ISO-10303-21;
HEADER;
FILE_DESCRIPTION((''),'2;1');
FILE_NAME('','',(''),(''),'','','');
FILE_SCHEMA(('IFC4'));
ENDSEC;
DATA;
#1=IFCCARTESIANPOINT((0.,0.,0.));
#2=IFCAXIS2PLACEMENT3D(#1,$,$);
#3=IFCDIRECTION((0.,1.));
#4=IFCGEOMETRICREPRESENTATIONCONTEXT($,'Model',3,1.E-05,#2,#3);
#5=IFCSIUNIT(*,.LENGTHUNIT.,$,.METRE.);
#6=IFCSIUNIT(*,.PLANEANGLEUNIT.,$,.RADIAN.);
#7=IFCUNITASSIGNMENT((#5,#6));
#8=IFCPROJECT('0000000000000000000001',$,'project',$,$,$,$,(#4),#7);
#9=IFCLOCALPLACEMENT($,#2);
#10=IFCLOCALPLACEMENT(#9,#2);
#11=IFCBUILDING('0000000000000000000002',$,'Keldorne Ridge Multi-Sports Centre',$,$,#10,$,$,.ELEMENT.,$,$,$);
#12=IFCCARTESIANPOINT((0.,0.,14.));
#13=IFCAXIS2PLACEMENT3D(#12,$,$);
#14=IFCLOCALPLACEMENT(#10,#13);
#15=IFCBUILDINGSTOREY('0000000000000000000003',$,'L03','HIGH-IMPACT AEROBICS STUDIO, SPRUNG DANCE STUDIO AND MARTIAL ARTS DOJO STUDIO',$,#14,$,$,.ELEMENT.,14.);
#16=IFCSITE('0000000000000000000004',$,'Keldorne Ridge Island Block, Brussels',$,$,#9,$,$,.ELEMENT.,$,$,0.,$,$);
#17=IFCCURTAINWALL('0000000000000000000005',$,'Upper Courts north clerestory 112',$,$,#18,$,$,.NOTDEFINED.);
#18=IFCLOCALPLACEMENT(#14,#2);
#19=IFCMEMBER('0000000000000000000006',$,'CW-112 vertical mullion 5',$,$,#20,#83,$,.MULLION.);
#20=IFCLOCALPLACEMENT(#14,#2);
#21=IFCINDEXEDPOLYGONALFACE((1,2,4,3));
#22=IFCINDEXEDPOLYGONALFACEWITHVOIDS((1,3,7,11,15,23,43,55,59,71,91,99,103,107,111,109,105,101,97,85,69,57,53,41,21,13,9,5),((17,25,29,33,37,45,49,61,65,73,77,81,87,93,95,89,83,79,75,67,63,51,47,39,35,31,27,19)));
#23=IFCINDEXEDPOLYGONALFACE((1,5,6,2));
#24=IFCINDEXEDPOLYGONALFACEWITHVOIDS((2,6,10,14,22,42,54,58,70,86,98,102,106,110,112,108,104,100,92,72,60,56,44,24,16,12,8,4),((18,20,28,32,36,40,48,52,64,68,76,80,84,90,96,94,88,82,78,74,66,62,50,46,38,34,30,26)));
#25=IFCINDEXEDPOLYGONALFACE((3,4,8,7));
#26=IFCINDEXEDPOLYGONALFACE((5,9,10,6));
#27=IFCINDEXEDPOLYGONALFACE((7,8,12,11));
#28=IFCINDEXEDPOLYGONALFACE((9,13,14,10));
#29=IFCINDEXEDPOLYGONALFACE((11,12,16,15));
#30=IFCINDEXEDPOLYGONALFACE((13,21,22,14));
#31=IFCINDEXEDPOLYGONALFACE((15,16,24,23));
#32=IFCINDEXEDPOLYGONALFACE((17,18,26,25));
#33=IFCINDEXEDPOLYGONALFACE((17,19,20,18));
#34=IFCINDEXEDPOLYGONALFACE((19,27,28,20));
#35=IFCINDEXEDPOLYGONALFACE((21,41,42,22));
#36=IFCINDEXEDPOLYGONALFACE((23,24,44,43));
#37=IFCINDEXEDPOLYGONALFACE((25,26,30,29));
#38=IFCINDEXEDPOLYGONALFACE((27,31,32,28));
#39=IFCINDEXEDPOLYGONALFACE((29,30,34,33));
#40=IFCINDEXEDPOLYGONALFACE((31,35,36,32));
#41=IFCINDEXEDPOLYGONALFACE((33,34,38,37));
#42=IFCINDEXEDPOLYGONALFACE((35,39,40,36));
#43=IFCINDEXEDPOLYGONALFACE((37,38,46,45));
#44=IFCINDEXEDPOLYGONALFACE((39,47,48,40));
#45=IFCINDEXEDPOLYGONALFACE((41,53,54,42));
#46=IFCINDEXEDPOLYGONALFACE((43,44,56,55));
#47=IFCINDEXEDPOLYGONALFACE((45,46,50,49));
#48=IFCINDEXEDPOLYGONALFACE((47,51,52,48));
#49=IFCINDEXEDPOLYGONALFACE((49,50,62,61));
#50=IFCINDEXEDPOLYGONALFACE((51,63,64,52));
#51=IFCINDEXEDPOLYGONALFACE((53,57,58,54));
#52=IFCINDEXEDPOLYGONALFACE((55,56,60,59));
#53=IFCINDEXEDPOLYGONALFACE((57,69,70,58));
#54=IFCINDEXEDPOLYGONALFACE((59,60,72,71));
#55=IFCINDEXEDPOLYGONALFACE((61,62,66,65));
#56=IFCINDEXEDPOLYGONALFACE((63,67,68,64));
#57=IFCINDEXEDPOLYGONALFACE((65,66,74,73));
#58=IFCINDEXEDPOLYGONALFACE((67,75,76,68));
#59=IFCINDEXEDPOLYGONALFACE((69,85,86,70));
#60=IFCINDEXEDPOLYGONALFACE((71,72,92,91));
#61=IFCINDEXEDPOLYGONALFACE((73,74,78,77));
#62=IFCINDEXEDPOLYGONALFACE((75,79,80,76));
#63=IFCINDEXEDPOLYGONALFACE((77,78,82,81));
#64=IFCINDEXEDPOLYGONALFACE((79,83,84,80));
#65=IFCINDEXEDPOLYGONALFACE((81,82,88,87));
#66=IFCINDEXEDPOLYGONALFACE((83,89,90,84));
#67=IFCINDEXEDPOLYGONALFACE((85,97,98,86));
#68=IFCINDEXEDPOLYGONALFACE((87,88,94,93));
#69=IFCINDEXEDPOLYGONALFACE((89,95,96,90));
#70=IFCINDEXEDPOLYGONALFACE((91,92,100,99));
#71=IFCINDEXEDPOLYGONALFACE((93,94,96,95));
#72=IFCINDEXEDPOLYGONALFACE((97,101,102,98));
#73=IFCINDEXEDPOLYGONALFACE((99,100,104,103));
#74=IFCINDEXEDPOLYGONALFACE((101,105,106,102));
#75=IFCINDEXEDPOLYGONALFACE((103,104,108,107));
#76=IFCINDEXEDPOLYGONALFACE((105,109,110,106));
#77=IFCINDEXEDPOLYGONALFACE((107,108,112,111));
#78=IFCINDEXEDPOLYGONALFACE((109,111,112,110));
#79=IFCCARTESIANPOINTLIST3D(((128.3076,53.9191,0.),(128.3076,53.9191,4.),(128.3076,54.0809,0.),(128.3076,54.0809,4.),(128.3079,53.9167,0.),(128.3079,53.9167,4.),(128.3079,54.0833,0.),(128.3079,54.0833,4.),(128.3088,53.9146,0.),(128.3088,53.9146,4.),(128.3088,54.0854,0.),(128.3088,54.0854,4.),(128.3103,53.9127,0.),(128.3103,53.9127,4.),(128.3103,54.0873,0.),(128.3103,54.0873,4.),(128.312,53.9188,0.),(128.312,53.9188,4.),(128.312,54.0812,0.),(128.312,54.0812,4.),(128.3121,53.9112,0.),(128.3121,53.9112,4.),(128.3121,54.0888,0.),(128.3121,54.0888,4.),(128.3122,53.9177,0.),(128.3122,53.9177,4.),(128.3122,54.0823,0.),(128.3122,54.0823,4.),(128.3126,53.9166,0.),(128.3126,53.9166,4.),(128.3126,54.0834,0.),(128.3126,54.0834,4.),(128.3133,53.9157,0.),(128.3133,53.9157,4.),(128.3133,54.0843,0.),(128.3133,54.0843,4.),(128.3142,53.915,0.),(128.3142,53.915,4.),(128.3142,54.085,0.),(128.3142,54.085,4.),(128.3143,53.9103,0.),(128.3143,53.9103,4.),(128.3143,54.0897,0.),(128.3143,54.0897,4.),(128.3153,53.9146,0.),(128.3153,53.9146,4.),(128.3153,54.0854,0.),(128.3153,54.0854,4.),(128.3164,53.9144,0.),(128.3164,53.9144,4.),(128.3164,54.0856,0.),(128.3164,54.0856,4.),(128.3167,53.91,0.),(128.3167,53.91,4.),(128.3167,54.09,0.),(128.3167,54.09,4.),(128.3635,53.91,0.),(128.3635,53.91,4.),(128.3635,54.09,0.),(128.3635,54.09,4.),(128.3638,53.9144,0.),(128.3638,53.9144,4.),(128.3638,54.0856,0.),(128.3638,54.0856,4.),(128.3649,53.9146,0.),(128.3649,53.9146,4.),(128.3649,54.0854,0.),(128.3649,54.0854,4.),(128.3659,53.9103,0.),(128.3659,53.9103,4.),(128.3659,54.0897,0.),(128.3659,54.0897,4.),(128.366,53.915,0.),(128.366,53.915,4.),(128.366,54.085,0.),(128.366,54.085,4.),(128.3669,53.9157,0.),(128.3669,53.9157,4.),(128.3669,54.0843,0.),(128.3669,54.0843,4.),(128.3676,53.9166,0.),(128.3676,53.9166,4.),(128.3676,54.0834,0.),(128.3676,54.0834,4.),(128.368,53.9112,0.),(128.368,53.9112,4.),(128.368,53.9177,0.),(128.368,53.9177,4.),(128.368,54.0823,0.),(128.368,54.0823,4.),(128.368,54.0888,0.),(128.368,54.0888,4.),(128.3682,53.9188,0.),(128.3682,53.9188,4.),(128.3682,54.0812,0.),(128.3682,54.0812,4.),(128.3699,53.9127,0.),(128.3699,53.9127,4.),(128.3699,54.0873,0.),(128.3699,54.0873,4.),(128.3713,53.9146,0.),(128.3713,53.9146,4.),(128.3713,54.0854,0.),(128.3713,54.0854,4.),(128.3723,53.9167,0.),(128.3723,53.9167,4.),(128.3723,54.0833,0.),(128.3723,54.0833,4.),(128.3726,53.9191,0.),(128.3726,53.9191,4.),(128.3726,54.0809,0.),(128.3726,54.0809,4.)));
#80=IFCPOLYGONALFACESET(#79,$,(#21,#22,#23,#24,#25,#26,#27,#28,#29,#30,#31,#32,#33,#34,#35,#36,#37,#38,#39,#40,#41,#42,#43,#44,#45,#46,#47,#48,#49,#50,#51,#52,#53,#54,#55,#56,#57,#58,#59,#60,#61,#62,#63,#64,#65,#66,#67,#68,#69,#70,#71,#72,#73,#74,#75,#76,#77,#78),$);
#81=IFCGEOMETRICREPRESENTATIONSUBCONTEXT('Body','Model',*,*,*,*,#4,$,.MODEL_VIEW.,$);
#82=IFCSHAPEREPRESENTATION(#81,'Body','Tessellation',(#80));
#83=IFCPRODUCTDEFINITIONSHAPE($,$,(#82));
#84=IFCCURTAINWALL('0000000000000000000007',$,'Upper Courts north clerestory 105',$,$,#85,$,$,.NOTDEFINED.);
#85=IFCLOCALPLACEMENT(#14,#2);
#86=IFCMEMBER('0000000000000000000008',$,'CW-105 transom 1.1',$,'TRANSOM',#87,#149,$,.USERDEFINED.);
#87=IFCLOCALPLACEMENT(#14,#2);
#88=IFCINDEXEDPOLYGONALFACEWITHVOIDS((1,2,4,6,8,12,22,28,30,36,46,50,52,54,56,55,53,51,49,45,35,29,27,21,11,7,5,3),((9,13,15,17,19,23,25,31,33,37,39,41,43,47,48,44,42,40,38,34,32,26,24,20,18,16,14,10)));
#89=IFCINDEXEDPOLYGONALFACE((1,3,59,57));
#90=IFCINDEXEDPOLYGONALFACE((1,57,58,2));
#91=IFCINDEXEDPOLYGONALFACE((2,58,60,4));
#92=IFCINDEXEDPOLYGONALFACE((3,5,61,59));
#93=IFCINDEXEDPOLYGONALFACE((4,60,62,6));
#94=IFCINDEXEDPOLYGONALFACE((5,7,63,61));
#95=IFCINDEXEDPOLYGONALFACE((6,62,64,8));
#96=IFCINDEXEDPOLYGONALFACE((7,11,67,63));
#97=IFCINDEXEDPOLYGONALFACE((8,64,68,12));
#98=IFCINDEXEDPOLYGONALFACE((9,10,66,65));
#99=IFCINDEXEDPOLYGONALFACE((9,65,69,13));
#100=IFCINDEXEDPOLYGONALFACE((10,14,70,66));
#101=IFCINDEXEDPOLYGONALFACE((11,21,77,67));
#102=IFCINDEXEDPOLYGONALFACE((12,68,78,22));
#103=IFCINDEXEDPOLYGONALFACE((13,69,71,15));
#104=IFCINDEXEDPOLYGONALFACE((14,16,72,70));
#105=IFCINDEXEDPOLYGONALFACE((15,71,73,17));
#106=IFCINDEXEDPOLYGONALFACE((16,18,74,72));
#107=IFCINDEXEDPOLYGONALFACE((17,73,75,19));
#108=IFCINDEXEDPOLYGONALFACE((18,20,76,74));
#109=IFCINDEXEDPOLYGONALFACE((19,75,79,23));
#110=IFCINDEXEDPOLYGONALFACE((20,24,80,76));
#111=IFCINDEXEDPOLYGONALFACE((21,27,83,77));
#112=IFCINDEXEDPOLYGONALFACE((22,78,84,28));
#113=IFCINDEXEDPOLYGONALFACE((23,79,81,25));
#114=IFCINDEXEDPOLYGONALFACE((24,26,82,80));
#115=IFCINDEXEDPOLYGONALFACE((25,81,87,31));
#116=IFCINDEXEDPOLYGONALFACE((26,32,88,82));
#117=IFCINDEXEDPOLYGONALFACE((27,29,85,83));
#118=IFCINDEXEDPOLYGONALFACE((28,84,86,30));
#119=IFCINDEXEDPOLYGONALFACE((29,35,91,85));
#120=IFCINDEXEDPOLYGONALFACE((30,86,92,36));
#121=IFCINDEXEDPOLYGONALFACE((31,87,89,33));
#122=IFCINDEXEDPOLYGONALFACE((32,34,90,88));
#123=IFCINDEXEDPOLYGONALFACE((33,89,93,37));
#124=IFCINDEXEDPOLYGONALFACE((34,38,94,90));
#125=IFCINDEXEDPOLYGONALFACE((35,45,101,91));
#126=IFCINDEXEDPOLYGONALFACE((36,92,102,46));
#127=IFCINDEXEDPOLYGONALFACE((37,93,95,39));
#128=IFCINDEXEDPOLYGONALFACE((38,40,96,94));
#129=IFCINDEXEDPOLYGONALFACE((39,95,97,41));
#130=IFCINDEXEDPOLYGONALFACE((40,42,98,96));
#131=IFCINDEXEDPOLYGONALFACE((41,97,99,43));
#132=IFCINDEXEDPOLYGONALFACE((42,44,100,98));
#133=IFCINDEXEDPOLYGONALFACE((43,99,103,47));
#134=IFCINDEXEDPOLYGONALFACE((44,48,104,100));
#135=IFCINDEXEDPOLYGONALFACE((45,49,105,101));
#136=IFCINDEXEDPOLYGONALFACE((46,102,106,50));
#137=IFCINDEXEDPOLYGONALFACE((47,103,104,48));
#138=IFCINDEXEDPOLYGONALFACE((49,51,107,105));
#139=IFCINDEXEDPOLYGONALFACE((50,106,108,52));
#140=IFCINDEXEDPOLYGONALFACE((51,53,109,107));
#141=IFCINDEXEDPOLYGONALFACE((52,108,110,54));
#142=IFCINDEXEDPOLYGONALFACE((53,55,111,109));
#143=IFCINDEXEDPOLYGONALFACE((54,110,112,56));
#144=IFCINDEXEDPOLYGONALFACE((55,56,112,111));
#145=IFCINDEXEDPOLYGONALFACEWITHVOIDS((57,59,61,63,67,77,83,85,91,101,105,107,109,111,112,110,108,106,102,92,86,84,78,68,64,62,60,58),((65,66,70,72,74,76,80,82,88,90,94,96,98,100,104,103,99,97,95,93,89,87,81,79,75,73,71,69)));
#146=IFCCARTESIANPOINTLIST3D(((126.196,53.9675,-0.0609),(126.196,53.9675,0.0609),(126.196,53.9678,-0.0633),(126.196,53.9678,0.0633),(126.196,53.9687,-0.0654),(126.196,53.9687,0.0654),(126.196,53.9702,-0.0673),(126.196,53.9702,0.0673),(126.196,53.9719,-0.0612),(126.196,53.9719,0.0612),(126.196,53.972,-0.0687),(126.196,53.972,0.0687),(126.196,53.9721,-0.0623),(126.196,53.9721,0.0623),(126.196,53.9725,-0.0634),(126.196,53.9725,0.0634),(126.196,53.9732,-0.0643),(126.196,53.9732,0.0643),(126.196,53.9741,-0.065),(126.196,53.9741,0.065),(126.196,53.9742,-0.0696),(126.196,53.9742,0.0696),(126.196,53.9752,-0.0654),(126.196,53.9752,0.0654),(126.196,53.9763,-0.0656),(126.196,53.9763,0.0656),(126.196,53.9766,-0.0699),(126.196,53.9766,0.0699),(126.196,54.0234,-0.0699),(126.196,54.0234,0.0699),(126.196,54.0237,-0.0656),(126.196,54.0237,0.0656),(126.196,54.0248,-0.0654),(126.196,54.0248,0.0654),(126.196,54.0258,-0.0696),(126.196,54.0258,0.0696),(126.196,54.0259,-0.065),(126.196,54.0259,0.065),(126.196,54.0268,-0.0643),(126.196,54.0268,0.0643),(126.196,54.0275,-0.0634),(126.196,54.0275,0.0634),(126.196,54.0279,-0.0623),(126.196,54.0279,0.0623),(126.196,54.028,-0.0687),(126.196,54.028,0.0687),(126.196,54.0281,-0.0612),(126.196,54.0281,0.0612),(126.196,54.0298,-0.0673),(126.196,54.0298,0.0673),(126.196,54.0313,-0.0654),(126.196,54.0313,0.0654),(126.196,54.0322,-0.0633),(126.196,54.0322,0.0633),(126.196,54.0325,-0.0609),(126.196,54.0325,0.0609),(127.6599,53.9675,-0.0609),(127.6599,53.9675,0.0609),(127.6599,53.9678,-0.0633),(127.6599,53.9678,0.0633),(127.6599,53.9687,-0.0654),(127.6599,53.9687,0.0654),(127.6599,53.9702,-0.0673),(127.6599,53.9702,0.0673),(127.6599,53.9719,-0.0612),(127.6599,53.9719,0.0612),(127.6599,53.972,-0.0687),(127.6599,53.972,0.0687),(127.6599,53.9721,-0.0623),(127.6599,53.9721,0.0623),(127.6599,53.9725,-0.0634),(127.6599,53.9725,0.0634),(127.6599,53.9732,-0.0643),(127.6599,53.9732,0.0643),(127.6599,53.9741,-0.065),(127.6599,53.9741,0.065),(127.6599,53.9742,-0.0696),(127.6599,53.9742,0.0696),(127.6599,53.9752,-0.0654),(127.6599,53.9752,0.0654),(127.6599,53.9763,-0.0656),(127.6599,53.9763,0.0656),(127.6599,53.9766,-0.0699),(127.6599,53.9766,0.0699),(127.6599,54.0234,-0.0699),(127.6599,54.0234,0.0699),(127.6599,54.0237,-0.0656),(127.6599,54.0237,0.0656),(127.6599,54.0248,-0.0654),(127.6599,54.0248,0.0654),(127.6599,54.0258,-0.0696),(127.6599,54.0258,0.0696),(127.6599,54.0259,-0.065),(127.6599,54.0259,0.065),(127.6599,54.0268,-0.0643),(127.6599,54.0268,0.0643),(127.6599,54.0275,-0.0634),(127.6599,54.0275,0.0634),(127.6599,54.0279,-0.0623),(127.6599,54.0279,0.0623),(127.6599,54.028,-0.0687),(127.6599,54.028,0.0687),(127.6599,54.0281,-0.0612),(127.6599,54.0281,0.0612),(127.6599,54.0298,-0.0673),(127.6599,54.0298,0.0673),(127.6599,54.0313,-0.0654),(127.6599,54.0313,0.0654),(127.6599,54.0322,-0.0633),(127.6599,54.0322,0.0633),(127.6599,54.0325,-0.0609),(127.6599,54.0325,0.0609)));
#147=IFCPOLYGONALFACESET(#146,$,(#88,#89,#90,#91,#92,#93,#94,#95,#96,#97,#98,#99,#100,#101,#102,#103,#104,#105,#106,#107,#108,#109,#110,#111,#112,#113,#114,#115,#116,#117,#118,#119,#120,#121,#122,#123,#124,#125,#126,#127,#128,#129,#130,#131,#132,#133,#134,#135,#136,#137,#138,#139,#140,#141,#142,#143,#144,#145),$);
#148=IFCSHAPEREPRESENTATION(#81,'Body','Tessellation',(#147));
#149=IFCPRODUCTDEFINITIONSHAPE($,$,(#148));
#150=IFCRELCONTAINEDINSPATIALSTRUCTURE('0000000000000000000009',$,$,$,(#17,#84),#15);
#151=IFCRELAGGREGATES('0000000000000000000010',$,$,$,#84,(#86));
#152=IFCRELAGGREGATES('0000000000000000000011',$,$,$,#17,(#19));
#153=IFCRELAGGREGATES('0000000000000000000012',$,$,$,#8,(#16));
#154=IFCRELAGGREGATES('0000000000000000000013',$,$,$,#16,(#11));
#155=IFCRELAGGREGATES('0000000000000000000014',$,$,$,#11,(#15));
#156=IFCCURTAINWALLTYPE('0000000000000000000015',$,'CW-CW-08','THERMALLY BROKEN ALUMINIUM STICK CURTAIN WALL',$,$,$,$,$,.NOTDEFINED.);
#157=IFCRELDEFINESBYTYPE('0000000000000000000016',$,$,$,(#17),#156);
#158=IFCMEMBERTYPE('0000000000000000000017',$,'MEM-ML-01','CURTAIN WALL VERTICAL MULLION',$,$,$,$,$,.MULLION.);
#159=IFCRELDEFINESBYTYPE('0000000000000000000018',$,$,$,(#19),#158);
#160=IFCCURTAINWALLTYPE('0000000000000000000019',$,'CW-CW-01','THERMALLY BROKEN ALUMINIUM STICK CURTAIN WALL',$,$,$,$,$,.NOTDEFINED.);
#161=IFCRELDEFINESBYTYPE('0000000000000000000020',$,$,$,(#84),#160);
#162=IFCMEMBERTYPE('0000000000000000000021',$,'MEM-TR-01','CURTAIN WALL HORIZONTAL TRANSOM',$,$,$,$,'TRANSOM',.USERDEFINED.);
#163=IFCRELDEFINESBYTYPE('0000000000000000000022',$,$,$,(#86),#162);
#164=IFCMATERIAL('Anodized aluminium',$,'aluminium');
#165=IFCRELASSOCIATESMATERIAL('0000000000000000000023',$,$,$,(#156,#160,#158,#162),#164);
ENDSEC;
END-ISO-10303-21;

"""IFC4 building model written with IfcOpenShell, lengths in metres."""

from ifc_helpers import new_model, si_unit, direction, frame, origin, origin_2d, place, context, subcontext, project, spatial, hollow_rectangle, extrude, material, material_profile, profile_set, type_object, element, aggregate, save


model = new_model("IFC4")

# Units and contexts
model_context = context("Model", 3, precision=1e-05, world=origin(), true_north=direction((0.0, 1.0)))
body_context = subcontext(model_context, "Body", "Model", "MODEL_VIEW")
ifc_project = project(units=[si_unit("LENGTHUNIT", "METRE"), si_unit("PLANEANGLEUNIT", "RADIAN")], contexts=[model_context])

# Site, building, storey
site_placement = place(None, origin())
site = spatial("IfcSite", under=ifc_project, at=site_placement, Name="Keldorne Ridge Island Block, Brussels", CompositionType="ELEMENT", RefElevation=0.0)
building_placement = place(site_placement, origin())
building = spatial("IfcBuilding", under=site, at=building_placement, Name="Keldorne Ridge Multi-Sports Centre", CompositionType="ELEMENT")
storey_placement = place(building_placement, frame((0.0, 0.0, 14.0)))
storey = spatial("IfcBuildingStorey", under=building, at=storey_placement, Name="L03", Description="HIGH-IMPACT AEROBICS STUDIO, SPRUNG DANCE STUDIO AND MARTIAL ARTS DOJO STUDIO", CompositionType="ELEMENT", Elevation=14.0)

# Curtain walls, members
ifc_material_1 = material(Name="Anodized aluminium", Category="aluminium")
curtain_wall_type_1 = type_object("IfcCurtainWallType", Name="CW-CW-08", Description="THERMALLY BROKEN ALUMINIUM STICK CURTAIN WALL", PredefinedType="NOTDEFINED", material=ifc_material_1)
curtain_wall_1_placement = place(storey_placement, origin())
curtain_wall_1 = element("IfcCurtainWall", 1, at=curtain_wall_1_placement, inside=storey, type_object=curtain_wall_type_1, Name="Upper Courts north clerestory 112", PredefinedType="NOTDEFINED")
ifc_material_profile_1 = material_profile(ifc_material_1, hollow_rectangle(XDim=0.0649, YDim=0.1799, WallThickness=0.0044, InnerFilletRadius=0.0044, OuterFilletRadius=0.009, at=origin_2d()), Name="ALU MULLION 180x65x4.5")
ifc_profile_set_1 = profile_set([ifc_material_profile_1], Name="Anodized aluminium")
member_type_1 = type_object("IfcMemberType", Name="MEM-ML-01", Description="CURTAIN WALL VERTICAL MULLION", PredefinedType="MULLION", material=ifc_profile_set_1)
member_1_placement = place(storey_placement, frame((128.3401, 54.0, 0.0), z_axis=(0.0, 0.0, 1.0), x_axis=(1.0, 0.0, 0.0)))
member_1 = element("IfcMember", 2, at=member_1_placement, type_object=member_type_1, Name="CW-112 vertical mullion 5", PredefinedType="MULLION", context=body_context, shape_type="SweptSolid", body=[
    extrude(hollow_rectangle(XDim=0.0649, YDim=0.1799, WallThickness=0.0044, InnerFilletRadius=0.0044, OuterFilletRadius=0.009, at=origin_2d()), origin(), (0.0, 0.0, 1.0), 4.0),
])
curtain_wall_type_2 = type_object("IfcCurtainWallType", Name="CW-CW-01", Description="THERMALLY BROKEN ALUMINIUM STICK CURTAIN WALL", PredefinedType="NOTDEFINED", material=ifc_material_1)
curtain_wall_2_placement = place(storey_placement, origin())
curtain_wall_2 = element("IfcCurtainWall", 3, at=curtain_wall_2_placement, inside=storey, type_object=curtain_wall_type_2, Name="Upper Courts north clerestory 105", PredefinedType="NOTDEFINED")
ifc_material_profile_2 = material_profile(ifc_material_1, hollow_rectangle(XDim=0.0649, YDim=0.1399, WallThickness=0.0044, InnerFilletRadius=0.0044, OuterFilletRadius=0.009, at=origin_2d()), Name="ALU TRANSOM 140x65x4.5")
ifc_profile_set_2 = profile_set([ifc_material_profile_2], Name="Anodized aluminium")
member_type_2 = type_object("IfcMemberType", Name="MEM-TR-01", Description="CURTAIN WALL HORIZONTAL TRANSOM", ElementType="TRANSOM", PredefinedType="USERDEFINED", material=ifc_profile_set_2)
member_2_placement = place(storey_placement, frame((127.6599, 54.0, 0.0), z_axis=(-1.0, 0.0, 0.0), x_axis=(0.0, -1.0, 0.0)))
member_2 = element("IfcMember", 4, at=member_2_placement, type_object=member_type_2, Name="CW-105 transom 1.1", ObjectType="TRANSOM", PredefinedType="USERDEFINED", context=body_context, shape_type="SweptSolid", body=[
    extrude(hollow_rectangle(XDim=0.0649, YDim=0.1399, WallThickness=0.0044, InnerFilletRadius=0.0044, OuterFilletRadius=0.009, at=origin_2d()), origin(), (0.0, 0.0, 1.0), 1.4639),
])
aggregate(curtain_wall_2, [member_2])

aggregate(curtain_wall_1, [member_1])

save(model, "model.ifc")
